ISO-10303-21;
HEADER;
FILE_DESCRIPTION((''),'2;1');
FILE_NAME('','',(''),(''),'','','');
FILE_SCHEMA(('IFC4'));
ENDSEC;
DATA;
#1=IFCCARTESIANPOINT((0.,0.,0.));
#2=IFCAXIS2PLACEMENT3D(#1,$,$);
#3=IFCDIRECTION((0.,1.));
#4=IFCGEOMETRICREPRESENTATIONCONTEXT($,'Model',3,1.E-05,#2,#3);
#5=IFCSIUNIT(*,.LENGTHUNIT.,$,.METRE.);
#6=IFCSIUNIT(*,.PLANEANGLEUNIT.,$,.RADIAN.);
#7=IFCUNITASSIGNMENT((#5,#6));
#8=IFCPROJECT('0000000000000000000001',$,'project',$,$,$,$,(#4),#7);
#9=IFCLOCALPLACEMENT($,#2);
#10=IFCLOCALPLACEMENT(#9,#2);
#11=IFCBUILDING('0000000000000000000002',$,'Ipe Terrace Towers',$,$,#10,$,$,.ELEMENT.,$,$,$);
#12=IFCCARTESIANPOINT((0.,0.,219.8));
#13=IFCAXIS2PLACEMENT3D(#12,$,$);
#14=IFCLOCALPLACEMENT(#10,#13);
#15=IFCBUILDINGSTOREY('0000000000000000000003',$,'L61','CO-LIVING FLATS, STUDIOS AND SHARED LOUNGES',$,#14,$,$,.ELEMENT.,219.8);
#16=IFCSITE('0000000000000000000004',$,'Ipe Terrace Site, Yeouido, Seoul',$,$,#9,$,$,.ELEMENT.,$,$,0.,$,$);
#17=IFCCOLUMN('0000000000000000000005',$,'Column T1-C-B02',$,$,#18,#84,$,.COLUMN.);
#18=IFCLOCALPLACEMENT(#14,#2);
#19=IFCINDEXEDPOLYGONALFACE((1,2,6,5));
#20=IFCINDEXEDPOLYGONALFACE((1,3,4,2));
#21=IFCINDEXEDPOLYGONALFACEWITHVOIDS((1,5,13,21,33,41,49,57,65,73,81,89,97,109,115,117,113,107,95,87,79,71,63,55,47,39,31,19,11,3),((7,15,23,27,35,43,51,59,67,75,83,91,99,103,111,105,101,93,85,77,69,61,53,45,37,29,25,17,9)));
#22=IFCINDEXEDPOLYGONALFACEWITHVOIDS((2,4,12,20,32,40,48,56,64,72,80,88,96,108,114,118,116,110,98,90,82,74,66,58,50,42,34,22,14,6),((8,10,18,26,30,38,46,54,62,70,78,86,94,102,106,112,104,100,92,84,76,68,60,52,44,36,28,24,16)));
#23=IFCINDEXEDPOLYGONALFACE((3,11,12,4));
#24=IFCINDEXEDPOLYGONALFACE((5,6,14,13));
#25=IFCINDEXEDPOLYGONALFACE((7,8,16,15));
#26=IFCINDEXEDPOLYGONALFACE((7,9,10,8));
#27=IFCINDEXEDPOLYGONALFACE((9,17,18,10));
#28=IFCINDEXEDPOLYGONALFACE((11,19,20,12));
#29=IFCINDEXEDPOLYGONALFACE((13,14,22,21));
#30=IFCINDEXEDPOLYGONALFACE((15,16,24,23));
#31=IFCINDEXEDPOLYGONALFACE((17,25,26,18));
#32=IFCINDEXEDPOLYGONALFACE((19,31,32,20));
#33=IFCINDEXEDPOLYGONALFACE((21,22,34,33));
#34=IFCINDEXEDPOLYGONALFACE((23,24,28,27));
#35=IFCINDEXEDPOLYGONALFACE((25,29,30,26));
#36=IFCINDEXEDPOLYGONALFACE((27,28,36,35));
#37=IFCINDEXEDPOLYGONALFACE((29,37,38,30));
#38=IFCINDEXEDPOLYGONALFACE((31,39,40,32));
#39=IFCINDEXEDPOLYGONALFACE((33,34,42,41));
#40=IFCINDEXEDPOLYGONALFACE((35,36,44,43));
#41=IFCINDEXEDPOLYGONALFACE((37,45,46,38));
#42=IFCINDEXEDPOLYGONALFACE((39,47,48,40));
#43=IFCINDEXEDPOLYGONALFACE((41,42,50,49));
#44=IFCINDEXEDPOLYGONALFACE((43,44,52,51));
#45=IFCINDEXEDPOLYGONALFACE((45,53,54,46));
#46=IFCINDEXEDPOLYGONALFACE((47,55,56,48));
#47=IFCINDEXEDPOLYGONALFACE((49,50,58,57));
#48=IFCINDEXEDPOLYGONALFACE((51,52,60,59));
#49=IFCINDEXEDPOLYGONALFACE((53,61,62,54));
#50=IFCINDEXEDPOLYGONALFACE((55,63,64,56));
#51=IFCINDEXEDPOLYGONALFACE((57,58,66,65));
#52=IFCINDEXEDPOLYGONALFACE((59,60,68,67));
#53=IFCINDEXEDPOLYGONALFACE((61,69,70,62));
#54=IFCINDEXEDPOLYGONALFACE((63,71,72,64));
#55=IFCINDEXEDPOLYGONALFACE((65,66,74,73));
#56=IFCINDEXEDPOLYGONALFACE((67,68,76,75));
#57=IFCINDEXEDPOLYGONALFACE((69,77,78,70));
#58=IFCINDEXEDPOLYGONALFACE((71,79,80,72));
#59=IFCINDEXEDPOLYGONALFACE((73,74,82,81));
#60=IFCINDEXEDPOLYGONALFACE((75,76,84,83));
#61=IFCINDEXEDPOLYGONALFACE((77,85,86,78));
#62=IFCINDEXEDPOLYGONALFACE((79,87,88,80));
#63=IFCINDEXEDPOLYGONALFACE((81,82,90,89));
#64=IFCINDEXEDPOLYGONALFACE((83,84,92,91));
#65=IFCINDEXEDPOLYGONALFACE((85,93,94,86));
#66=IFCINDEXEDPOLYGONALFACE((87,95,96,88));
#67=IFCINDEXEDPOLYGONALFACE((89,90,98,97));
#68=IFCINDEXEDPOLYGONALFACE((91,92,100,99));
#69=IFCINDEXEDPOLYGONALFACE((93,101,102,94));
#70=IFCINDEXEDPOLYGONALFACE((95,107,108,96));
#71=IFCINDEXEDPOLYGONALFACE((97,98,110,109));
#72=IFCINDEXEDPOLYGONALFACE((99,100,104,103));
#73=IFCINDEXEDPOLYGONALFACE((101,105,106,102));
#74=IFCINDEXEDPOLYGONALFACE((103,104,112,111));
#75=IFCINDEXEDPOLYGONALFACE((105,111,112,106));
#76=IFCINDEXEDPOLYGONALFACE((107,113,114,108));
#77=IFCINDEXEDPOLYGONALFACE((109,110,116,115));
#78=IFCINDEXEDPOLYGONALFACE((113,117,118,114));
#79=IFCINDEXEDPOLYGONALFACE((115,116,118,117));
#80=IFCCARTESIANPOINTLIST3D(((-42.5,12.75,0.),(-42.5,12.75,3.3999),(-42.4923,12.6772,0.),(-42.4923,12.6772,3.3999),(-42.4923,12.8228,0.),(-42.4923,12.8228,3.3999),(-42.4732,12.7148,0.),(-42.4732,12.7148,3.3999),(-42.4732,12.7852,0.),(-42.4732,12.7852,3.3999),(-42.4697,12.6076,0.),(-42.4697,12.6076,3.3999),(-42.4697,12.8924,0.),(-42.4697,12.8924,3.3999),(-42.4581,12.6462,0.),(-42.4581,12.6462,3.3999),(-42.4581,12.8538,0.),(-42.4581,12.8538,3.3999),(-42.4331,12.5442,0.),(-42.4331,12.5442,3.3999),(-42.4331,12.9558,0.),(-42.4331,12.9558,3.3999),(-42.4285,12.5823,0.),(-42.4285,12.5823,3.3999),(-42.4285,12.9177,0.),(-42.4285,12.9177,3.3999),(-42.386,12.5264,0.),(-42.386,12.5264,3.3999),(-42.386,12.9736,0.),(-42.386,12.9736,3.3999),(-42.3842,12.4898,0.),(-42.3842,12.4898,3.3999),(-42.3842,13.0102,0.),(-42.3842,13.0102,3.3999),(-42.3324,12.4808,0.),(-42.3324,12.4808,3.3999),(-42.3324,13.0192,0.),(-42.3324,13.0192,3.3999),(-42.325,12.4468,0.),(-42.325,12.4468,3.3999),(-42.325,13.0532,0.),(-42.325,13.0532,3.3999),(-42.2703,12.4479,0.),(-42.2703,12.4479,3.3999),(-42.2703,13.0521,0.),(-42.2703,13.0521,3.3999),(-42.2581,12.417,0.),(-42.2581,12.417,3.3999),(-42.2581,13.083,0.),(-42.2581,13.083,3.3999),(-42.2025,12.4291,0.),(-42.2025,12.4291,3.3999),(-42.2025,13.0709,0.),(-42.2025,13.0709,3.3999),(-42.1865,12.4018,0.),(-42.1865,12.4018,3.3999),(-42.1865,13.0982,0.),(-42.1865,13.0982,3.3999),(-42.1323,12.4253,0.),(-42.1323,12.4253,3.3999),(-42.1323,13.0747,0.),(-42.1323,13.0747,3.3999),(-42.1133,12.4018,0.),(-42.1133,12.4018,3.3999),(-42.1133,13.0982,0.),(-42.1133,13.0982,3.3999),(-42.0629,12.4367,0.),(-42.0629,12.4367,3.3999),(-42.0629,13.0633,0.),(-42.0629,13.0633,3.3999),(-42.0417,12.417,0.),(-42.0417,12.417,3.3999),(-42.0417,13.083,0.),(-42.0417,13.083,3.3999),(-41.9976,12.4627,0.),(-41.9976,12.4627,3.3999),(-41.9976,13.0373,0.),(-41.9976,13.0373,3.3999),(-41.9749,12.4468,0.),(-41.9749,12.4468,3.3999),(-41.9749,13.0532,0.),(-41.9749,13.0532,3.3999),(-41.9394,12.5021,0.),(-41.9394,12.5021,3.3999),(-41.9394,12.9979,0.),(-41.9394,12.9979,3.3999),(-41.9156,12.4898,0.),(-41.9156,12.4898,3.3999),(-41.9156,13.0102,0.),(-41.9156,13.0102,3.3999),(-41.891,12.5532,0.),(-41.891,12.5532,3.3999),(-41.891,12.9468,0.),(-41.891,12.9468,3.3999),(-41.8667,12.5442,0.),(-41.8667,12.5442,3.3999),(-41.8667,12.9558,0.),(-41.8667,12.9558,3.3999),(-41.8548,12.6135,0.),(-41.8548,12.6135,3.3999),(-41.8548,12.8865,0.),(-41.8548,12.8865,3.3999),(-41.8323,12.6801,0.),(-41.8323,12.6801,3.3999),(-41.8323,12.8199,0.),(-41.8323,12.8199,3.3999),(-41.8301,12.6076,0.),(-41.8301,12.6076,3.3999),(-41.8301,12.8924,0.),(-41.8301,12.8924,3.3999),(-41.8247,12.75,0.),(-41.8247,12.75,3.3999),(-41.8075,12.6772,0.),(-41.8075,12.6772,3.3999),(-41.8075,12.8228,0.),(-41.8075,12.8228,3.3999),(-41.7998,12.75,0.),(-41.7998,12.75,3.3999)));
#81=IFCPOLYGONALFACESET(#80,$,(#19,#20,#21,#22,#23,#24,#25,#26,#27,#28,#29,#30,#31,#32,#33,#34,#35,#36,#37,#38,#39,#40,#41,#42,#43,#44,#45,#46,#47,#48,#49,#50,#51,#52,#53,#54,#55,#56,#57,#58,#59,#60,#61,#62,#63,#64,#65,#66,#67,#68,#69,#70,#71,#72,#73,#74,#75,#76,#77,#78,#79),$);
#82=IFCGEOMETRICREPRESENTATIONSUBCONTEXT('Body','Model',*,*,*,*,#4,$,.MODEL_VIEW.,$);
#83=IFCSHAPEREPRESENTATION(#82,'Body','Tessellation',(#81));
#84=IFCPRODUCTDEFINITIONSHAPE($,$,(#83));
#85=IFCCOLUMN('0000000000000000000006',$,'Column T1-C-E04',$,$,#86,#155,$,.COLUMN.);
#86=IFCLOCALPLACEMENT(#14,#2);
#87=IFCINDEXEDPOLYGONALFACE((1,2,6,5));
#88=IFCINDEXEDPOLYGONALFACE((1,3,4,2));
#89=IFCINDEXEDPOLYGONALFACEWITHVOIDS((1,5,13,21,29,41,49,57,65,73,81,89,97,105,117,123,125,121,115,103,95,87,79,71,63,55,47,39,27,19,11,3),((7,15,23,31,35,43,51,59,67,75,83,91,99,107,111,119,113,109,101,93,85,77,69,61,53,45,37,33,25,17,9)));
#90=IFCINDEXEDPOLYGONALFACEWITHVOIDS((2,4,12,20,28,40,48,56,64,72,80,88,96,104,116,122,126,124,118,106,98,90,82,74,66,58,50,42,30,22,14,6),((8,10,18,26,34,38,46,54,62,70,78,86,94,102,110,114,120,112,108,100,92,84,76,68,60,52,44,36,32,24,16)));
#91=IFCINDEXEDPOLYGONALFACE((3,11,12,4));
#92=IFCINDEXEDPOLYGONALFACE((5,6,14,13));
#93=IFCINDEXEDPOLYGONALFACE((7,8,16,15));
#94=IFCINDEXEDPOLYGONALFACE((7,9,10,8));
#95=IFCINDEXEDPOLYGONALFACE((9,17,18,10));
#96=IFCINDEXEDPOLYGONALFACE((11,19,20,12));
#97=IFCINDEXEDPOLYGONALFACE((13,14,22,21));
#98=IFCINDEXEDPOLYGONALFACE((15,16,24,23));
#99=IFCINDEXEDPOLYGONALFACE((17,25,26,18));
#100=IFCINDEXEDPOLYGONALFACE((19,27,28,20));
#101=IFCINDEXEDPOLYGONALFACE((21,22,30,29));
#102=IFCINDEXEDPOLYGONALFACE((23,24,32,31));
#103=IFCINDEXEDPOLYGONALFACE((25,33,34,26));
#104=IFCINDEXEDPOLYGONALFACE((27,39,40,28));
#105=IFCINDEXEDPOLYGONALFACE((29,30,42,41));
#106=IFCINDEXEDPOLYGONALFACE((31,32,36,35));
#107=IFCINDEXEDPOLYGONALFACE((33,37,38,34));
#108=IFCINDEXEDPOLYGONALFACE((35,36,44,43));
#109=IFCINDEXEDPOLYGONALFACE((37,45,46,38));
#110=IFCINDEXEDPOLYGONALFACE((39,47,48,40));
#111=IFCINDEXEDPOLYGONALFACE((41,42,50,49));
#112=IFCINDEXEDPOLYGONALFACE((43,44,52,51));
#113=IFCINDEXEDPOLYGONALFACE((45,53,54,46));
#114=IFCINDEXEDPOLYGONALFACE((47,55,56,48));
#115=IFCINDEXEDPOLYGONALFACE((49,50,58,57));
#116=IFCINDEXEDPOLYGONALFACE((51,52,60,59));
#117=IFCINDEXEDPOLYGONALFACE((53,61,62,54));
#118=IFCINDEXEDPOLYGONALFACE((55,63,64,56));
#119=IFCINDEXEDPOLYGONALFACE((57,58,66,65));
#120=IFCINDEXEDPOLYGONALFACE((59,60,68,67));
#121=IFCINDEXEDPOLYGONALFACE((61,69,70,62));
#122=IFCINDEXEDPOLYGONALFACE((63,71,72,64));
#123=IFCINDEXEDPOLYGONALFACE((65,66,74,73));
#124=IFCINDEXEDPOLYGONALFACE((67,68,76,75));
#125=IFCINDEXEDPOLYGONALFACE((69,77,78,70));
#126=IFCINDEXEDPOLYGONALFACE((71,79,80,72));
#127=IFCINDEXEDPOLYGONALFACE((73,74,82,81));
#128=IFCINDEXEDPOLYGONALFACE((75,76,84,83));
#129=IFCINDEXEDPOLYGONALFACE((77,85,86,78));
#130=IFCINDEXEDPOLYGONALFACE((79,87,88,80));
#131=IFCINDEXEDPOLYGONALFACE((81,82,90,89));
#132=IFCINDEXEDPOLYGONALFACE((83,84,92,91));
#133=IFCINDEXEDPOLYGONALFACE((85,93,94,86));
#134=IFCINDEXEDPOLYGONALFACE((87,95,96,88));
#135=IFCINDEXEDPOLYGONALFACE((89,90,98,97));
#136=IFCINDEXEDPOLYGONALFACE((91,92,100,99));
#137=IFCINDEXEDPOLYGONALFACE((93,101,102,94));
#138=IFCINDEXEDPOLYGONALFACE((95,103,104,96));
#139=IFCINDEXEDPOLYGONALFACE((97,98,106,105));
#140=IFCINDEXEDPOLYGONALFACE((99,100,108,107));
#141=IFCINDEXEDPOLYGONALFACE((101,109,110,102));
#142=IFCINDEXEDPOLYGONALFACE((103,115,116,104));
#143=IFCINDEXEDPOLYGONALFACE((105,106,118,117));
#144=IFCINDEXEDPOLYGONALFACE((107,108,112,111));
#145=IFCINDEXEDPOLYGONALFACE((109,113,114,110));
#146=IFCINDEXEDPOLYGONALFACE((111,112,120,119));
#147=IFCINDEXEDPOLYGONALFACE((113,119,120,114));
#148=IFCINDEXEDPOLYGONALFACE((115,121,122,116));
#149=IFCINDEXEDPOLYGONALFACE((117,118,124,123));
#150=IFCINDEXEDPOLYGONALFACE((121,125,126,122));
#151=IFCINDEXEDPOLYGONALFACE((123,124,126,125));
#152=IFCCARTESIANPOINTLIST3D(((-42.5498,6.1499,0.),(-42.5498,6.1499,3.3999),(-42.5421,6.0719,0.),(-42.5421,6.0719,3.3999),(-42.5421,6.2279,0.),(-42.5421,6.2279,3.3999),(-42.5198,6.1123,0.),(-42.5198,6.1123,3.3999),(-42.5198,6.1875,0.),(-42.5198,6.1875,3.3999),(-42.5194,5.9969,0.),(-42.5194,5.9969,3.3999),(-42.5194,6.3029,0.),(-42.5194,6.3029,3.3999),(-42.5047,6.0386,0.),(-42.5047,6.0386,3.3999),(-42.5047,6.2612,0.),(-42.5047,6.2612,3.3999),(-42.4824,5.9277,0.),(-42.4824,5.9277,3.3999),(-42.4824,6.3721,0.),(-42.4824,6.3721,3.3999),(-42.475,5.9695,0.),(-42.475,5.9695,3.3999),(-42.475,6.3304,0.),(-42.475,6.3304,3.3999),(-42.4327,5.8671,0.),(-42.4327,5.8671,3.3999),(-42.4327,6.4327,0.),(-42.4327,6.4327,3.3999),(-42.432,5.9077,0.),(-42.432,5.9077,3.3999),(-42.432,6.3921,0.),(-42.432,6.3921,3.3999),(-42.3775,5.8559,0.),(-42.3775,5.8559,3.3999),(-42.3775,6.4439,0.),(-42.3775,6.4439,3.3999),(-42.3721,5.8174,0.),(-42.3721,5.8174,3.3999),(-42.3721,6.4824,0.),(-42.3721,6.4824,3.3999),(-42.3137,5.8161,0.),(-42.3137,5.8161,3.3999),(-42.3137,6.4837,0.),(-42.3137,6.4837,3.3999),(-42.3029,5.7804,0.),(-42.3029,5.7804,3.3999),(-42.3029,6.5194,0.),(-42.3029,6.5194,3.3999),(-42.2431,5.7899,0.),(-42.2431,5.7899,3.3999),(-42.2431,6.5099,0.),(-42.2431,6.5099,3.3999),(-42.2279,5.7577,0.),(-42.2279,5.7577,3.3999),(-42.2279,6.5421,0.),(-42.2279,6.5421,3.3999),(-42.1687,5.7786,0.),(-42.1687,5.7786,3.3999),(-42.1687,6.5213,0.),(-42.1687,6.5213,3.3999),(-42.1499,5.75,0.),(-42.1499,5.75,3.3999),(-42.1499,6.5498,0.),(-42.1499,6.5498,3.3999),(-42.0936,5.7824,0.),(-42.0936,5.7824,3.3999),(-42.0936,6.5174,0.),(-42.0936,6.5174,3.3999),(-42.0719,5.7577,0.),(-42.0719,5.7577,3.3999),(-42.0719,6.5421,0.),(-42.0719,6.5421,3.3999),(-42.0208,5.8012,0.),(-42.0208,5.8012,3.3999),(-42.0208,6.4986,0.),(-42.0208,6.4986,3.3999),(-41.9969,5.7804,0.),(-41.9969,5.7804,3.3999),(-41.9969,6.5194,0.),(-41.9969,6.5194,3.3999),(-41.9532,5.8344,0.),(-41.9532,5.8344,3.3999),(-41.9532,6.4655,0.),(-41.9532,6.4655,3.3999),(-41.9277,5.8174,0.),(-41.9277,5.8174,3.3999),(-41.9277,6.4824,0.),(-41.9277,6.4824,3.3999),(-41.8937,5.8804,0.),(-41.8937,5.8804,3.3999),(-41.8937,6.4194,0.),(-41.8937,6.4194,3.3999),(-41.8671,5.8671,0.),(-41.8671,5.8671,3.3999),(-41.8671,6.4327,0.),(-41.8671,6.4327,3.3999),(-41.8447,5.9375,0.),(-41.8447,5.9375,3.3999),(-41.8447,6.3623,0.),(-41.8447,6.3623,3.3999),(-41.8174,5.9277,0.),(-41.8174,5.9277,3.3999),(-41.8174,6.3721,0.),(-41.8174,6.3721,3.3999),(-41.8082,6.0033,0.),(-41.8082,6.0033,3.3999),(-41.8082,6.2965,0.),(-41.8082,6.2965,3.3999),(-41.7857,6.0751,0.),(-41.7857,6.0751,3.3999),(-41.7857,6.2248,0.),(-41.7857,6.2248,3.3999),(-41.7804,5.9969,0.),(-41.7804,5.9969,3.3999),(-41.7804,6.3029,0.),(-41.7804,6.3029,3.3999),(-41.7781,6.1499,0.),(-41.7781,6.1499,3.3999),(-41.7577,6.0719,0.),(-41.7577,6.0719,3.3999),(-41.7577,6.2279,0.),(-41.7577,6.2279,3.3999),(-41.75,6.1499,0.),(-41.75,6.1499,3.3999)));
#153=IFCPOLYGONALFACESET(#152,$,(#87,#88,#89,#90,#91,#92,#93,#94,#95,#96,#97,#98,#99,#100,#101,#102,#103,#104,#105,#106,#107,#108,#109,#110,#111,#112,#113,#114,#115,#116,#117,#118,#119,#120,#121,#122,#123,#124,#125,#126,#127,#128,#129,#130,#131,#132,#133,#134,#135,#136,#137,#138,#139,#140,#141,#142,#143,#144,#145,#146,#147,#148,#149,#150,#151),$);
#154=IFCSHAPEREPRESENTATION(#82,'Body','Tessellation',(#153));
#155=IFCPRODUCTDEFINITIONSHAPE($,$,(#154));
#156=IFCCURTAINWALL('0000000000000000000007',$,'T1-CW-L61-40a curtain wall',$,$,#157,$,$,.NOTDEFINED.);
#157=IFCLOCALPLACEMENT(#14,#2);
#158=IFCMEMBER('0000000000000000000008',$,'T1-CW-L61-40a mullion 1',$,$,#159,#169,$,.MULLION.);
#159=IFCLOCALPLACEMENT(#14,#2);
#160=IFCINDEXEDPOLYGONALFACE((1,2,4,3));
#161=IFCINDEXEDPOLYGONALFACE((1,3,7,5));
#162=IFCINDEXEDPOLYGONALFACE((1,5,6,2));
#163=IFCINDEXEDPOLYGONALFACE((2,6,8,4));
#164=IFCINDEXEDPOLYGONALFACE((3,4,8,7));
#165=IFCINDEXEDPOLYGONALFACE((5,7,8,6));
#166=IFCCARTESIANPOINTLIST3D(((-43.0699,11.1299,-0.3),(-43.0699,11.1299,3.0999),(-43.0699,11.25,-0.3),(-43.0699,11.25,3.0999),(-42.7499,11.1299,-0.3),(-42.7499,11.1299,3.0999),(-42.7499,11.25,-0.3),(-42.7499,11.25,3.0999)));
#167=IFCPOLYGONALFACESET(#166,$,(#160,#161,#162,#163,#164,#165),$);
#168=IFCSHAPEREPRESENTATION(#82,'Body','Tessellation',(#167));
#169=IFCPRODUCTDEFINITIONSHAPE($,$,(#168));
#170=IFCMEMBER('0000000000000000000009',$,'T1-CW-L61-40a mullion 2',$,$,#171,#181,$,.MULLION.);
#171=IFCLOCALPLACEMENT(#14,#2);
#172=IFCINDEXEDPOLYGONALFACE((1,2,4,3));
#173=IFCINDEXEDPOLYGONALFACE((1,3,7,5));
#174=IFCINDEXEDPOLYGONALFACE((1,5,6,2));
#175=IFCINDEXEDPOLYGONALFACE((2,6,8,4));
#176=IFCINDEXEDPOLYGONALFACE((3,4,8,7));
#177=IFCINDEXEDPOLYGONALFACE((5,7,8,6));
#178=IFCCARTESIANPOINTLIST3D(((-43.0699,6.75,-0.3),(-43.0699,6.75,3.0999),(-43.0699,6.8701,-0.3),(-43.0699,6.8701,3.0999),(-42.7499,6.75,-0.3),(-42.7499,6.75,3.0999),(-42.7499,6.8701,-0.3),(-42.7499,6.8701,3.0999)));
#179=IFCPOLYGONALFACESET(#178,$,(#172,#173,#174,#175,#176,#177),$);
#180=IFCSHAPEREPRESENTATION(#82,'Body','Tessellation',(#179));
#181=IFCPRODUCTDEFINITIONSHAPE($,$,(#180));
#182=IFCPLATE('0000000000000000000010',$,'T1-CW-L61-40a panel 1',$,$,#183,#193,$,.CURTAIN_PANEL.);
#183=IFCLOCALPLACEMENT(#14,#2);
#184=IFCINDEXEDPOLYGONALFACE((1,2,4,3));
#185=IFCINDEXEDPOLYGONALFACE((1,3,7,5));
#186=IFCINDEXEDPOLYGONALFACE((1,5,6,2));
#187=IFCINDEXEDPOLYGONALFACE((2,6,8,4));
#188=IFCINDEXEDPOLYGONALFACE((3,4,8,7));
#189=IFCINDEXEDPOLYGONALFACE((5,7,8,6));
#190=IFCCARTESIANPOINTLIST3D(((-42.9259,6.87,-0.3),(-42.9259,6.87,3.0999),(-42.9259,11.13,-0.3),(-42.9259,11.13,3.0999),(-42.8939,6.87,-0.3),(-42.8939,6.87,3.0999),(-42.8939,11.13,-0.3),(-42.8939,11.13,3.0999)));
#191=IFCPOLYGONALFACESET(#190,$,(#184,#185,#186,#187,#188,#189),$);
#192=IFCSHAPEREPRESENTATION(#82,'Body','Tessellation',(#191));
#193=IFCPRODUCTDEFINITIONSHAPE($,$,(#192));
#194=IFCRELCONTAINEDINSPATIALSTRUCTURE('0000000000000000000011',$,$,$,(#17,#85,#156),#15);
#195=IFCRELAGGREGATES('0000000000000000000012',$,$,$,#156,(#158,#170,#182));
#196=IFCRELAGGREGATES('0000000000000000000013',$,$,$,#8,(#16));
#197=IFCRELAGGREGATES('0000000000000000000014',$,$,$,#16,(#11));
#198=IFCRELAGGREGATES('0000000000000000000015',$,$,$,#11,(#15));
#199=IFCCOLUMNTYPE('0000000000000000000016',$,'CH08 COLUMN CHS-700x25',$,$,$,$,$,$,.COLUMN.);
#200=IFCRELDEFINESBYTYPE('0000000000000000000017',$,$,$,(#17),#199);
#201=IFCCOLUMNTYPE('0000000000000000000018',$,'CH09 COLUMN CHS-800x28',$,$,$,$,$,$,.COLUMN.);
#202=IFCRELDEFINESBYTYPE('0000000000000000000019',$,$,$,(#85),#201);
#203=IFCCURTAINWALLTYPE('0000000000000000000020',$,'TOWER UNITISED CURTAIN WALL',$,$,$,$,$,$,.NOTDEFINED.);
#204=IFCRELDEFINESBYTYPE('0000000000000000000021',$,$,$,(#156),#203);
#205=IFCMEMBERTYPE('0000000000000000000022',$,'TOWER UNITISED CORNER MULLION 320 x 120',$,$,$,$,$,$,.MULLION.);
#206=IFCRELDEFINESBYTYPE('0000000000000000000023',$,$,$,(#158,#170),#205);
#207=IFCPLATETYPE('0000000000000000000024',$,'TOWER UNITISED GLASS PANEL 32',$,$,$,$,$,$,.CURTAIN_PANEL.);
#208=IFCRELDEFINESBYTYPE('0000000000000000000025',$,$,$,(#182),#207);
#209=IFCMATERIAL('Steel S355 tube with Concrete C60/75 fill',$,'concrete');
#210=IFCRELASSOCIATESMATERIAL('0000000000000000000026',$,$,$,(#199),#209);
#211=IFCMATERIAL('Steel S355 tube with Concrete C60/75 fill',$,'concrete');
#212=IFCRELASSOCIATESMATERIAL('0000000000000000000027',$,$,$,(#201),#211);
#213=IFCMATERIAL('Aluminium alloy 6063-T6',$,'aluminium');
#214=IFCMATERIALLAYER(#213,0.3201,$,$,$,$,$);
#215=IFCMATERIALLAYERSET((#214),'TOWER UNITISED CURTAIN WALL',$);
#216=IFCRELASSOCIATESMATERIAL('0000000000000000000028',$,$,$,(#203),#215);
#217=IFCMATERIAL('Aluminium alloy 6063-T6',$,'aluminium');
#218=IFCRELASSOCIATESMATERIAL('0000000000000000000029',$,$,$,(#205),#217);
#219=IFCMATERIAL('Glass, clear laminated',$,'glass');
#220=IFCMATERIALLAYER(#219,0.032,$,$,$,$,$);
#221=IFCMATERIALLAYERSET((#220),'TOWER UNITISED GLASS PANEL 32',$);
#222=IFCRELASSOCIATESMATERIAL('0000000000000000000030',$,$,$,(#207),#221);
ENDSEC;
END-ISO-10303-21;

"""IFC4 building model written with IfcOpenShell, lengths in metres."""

from ifc_helpers import new_model, si_unit, direction, frame, origin, origin_2d, place, context, subcontext, project, spatial, rectangle, hollow_circle, extrude, material, layer, layer_set, material_profile, profile_set, type_object, element, aggregate, save


model = new_model("IFC4")

# Units and contexts
model_context = context("Model", 3, precision=1e-05, world=origin(), true_north=direction((0.0, 1.0)))
body_context = subcontext(model_context, "Body", "Model", "MODEL_VIEW")
ifc_project = project(units=[si_unit("LENGTHUNIT", "METRE"), si_unit("PLANEANGLEUNIT", "RADIAN")], contexts=[model_context])

# Site, building, storey
site_placement = place(None, origin())
site = spatial("IfcSite", under=ifc_project, at=site_placement, Name="Ipe Terrace Site, Yeouido, Seoul", CompositionType="ELEMENT", RefElevation=0.0)
building_placement = place(site_placement, origin())
building = spatial("IfcBuilding", under=site, at=building_placement, Name="Ipe Terrace Towers", CompositionType="ELEMENT")
storey_placement = place(building_placement, frame((0.0, 0.0, 219.8)))
storey = spatial("IfcBuildingStorey", under=building, at=storey_placement, Name="L61", Description="CO-LIVING FLATS, STUDIOS AND SHARED LOUNGES", CompositionType="ELEMENT", Elevation=219.8)

# Columns
ifc_material_1 = material(Name="Steel S355 tube with Concrete C60/75 fill", Category="concrete")
ifc_material_profile_1 = material_profile(ifc_material_1, hollow_circle(Radius=0.3501, WallThickness=0.0249, at=origin_2d()), Name="CHS-700x25")
ifc_profile_set_1 = profile_set([ifc_material_profile_1], Name="Steel S355 tube with Concrete C60/75 fill")
column_type_1 = type_object("IfcColumnType", Name="CH08 COLUMN CHS-700x25", PredefinedType="COLUMN", material=ifc_profile_set_1)
column_1_placement = place(storey_placement, frame((-42.1499, 12.75, 0.0), z_axis=(0.0, 0.0, 1.0), x_axis=(1.0, 0.0, 0.0)))
element("IfcColumn", 1, at=column_1_placement, inside=storey, type_object=column_type_1, Name="Column T1-C-B02", PredefinedType="COLUMN", context=body_context, shape_type="SweptSolid", body=[
    extrude(hollow_circle(Radius=0.3501, WallThickness=0.0249, at=origin_2d()), origin(), (0.0, 0.0, 1.0), 3.3999),
])
ifc_material_2 = material(Name="Steel S355 tube with Concrete C60/75 fill", Category="concrete")
ifc_material_profile_2 = material_profile(ifc_material_2, hollow_circle(Radius=0.3999, WallThickness=0.0281, at=origin_2d()), Name="CHS-800x28")
ifc_profile_set_2 = profile_set([ifc_material_profile_2], Name="Steel S355 tube with Concrete C60/75 fill")
column_type_2 = type_object("IfcColumnType", Name="CH09 COLUMN CHS-800x28", PredefinedType="COLUMN", material=ifc_profile_set_2)
column_2_placement = place(storey_placement, frame((-42.1499, 6.1499, 0.0), z_axis=(0.0, 0.0, 1.0), x_axis=(1.0, 0.0, 0.0)))
element("IfcColumn", 2, at=column_2_placement, inside=storey, type_object=column_type_2, Name="Column T1-C-E04", PredefinedType="COLUMN", context=body_context, shape_type="SweptSolid", body=[
    extrude(hollow_circle(Radius=0.3999, WallThickness=0.0281, at=origin_2d()), origin(), (0.0, 0.0, 1.0), 3.3999),
])

# Curtain wall, members, plate
ifc_material_3 = material(Name="Aluminium alloy 6063-T6", Category="aluminium")
ifc_layer_1 = layer(ifc_material_3, 0.3201)
ifc_layer_set_1 = layer_set([ifc_layer_1], Name="TOWER UNITISED CURTAIN WALL")
curtain_wall_type = type_object("IfcCurtainWallType", Name="TOWER UNITISED CURTAIN WALL", PredefinedType="NOTDEFINED", material=ifc_layer_set_1)
curtain_wall_placement = place(storey_placement, origin())
curtain_wall = element("IfcCurtainWall", 3, at=curtain_wall_placement, inside=storey, type_object=curtain_wall_type, Name="T1-CW-L61-40a curtain wall", PredefinedType="NOTDEFINED")
ifc_material_4 = material(Name="Aluminium alloy 6063-T6", Category="aluminium")
ifc_material_profile_3 = material_profile(ifc_material_4, rectangle(XDim=0.3201, YDim=0.1201, at=origin_2d()), Name="TOWER UNITISED CORNER MULLION 320 x 120")
ifc_profile_set_3 = profile_set([ifc_material_profile_3], Name="Aluminium alloy 6063-T6")
member_type = type_object("IfcMemberType", Name="TOWER UNITISED CORNER MULLION 320 x 120", PredefinedType="MULLION", material=ifc_profile_set_3)
member_1_placement = place(storey_placement, frame((-42.9099, 11.1899, -0.3), z_axis=(0.0, 0.0, 1.0), x_axis=(-1.0, 0.0, 0.0)))
member_1 = element("IfcMember", 4, at=member_1_placement, type_object=member_type, Name="T1-CW-L61-40a mullion 1", PredefinedType="MULLION", context=body_context, shape_type="SweptSolid", body=[
    extrude(rectangle(XDim=0.3201, YDim=0.1201, at=origin_2d()), origin(), (0.0, 0.0, 1.0), 3.3999),
])
member_2_placement = place(storey_placement, frame((-42.9099, 6.8101, -0.3), z_axis=(0.0, 0.0, 1.0), x_axis=(-1.0, 0.0, 0.0)))
member_2 = element("IfcMember", 5, at=member_2_placement, type_object=member_type, Name="T1-CW-L61-40a mullion 2", PredefinedType="MULLION", context=body_context, shape_type="SweptSolid", body=[
    extrude(rectangle(XDim=0.3201, YDim=0.1201, at=origin_2d()), origin(), (0.0, 0.0, 1.0), 3.3999),
])
ifc_material_5 = material(Name="Glass, clear laminated", Category="glass")
ifc_layer_2 = layer(ifc_material_5, 0.032)
ifc_layer_set_2 = layer_set([ifc_layer_2], Name="TOWER UNITISED GLASS PANEL 32")
plate_type = type_object("IfcPlateType", Name="TOWER UNITISED GLASS PANEL 32", PredefinedType="CURTAIN_PANEL", material=ifc_layer_set_2)
plate_placement = place(storey_placement, frame((-42.9099, 9.0, -0.3), z_axis=(0.0, 0.0, 1.0), x_axis=(0.0, -1.0, 0.0)))
plate = element("IfcPlate", 6, at=plate_placement, type_object=plate_type, Name="T1-CW-L61-40a panel 1", PredefinedType="CURTAIN_PANEL", context=body_context, shape_type="SweptSolid", body=[
    extrude(rectangle(XDim=4.26, YDim=0.032, at=origin_2d()), origin(), (0.0, 0.0, 1.0), 3.3999),
])
aggregate(curtain_wall, [member_1, member_2, plate])

save(model, "model.ifc")
